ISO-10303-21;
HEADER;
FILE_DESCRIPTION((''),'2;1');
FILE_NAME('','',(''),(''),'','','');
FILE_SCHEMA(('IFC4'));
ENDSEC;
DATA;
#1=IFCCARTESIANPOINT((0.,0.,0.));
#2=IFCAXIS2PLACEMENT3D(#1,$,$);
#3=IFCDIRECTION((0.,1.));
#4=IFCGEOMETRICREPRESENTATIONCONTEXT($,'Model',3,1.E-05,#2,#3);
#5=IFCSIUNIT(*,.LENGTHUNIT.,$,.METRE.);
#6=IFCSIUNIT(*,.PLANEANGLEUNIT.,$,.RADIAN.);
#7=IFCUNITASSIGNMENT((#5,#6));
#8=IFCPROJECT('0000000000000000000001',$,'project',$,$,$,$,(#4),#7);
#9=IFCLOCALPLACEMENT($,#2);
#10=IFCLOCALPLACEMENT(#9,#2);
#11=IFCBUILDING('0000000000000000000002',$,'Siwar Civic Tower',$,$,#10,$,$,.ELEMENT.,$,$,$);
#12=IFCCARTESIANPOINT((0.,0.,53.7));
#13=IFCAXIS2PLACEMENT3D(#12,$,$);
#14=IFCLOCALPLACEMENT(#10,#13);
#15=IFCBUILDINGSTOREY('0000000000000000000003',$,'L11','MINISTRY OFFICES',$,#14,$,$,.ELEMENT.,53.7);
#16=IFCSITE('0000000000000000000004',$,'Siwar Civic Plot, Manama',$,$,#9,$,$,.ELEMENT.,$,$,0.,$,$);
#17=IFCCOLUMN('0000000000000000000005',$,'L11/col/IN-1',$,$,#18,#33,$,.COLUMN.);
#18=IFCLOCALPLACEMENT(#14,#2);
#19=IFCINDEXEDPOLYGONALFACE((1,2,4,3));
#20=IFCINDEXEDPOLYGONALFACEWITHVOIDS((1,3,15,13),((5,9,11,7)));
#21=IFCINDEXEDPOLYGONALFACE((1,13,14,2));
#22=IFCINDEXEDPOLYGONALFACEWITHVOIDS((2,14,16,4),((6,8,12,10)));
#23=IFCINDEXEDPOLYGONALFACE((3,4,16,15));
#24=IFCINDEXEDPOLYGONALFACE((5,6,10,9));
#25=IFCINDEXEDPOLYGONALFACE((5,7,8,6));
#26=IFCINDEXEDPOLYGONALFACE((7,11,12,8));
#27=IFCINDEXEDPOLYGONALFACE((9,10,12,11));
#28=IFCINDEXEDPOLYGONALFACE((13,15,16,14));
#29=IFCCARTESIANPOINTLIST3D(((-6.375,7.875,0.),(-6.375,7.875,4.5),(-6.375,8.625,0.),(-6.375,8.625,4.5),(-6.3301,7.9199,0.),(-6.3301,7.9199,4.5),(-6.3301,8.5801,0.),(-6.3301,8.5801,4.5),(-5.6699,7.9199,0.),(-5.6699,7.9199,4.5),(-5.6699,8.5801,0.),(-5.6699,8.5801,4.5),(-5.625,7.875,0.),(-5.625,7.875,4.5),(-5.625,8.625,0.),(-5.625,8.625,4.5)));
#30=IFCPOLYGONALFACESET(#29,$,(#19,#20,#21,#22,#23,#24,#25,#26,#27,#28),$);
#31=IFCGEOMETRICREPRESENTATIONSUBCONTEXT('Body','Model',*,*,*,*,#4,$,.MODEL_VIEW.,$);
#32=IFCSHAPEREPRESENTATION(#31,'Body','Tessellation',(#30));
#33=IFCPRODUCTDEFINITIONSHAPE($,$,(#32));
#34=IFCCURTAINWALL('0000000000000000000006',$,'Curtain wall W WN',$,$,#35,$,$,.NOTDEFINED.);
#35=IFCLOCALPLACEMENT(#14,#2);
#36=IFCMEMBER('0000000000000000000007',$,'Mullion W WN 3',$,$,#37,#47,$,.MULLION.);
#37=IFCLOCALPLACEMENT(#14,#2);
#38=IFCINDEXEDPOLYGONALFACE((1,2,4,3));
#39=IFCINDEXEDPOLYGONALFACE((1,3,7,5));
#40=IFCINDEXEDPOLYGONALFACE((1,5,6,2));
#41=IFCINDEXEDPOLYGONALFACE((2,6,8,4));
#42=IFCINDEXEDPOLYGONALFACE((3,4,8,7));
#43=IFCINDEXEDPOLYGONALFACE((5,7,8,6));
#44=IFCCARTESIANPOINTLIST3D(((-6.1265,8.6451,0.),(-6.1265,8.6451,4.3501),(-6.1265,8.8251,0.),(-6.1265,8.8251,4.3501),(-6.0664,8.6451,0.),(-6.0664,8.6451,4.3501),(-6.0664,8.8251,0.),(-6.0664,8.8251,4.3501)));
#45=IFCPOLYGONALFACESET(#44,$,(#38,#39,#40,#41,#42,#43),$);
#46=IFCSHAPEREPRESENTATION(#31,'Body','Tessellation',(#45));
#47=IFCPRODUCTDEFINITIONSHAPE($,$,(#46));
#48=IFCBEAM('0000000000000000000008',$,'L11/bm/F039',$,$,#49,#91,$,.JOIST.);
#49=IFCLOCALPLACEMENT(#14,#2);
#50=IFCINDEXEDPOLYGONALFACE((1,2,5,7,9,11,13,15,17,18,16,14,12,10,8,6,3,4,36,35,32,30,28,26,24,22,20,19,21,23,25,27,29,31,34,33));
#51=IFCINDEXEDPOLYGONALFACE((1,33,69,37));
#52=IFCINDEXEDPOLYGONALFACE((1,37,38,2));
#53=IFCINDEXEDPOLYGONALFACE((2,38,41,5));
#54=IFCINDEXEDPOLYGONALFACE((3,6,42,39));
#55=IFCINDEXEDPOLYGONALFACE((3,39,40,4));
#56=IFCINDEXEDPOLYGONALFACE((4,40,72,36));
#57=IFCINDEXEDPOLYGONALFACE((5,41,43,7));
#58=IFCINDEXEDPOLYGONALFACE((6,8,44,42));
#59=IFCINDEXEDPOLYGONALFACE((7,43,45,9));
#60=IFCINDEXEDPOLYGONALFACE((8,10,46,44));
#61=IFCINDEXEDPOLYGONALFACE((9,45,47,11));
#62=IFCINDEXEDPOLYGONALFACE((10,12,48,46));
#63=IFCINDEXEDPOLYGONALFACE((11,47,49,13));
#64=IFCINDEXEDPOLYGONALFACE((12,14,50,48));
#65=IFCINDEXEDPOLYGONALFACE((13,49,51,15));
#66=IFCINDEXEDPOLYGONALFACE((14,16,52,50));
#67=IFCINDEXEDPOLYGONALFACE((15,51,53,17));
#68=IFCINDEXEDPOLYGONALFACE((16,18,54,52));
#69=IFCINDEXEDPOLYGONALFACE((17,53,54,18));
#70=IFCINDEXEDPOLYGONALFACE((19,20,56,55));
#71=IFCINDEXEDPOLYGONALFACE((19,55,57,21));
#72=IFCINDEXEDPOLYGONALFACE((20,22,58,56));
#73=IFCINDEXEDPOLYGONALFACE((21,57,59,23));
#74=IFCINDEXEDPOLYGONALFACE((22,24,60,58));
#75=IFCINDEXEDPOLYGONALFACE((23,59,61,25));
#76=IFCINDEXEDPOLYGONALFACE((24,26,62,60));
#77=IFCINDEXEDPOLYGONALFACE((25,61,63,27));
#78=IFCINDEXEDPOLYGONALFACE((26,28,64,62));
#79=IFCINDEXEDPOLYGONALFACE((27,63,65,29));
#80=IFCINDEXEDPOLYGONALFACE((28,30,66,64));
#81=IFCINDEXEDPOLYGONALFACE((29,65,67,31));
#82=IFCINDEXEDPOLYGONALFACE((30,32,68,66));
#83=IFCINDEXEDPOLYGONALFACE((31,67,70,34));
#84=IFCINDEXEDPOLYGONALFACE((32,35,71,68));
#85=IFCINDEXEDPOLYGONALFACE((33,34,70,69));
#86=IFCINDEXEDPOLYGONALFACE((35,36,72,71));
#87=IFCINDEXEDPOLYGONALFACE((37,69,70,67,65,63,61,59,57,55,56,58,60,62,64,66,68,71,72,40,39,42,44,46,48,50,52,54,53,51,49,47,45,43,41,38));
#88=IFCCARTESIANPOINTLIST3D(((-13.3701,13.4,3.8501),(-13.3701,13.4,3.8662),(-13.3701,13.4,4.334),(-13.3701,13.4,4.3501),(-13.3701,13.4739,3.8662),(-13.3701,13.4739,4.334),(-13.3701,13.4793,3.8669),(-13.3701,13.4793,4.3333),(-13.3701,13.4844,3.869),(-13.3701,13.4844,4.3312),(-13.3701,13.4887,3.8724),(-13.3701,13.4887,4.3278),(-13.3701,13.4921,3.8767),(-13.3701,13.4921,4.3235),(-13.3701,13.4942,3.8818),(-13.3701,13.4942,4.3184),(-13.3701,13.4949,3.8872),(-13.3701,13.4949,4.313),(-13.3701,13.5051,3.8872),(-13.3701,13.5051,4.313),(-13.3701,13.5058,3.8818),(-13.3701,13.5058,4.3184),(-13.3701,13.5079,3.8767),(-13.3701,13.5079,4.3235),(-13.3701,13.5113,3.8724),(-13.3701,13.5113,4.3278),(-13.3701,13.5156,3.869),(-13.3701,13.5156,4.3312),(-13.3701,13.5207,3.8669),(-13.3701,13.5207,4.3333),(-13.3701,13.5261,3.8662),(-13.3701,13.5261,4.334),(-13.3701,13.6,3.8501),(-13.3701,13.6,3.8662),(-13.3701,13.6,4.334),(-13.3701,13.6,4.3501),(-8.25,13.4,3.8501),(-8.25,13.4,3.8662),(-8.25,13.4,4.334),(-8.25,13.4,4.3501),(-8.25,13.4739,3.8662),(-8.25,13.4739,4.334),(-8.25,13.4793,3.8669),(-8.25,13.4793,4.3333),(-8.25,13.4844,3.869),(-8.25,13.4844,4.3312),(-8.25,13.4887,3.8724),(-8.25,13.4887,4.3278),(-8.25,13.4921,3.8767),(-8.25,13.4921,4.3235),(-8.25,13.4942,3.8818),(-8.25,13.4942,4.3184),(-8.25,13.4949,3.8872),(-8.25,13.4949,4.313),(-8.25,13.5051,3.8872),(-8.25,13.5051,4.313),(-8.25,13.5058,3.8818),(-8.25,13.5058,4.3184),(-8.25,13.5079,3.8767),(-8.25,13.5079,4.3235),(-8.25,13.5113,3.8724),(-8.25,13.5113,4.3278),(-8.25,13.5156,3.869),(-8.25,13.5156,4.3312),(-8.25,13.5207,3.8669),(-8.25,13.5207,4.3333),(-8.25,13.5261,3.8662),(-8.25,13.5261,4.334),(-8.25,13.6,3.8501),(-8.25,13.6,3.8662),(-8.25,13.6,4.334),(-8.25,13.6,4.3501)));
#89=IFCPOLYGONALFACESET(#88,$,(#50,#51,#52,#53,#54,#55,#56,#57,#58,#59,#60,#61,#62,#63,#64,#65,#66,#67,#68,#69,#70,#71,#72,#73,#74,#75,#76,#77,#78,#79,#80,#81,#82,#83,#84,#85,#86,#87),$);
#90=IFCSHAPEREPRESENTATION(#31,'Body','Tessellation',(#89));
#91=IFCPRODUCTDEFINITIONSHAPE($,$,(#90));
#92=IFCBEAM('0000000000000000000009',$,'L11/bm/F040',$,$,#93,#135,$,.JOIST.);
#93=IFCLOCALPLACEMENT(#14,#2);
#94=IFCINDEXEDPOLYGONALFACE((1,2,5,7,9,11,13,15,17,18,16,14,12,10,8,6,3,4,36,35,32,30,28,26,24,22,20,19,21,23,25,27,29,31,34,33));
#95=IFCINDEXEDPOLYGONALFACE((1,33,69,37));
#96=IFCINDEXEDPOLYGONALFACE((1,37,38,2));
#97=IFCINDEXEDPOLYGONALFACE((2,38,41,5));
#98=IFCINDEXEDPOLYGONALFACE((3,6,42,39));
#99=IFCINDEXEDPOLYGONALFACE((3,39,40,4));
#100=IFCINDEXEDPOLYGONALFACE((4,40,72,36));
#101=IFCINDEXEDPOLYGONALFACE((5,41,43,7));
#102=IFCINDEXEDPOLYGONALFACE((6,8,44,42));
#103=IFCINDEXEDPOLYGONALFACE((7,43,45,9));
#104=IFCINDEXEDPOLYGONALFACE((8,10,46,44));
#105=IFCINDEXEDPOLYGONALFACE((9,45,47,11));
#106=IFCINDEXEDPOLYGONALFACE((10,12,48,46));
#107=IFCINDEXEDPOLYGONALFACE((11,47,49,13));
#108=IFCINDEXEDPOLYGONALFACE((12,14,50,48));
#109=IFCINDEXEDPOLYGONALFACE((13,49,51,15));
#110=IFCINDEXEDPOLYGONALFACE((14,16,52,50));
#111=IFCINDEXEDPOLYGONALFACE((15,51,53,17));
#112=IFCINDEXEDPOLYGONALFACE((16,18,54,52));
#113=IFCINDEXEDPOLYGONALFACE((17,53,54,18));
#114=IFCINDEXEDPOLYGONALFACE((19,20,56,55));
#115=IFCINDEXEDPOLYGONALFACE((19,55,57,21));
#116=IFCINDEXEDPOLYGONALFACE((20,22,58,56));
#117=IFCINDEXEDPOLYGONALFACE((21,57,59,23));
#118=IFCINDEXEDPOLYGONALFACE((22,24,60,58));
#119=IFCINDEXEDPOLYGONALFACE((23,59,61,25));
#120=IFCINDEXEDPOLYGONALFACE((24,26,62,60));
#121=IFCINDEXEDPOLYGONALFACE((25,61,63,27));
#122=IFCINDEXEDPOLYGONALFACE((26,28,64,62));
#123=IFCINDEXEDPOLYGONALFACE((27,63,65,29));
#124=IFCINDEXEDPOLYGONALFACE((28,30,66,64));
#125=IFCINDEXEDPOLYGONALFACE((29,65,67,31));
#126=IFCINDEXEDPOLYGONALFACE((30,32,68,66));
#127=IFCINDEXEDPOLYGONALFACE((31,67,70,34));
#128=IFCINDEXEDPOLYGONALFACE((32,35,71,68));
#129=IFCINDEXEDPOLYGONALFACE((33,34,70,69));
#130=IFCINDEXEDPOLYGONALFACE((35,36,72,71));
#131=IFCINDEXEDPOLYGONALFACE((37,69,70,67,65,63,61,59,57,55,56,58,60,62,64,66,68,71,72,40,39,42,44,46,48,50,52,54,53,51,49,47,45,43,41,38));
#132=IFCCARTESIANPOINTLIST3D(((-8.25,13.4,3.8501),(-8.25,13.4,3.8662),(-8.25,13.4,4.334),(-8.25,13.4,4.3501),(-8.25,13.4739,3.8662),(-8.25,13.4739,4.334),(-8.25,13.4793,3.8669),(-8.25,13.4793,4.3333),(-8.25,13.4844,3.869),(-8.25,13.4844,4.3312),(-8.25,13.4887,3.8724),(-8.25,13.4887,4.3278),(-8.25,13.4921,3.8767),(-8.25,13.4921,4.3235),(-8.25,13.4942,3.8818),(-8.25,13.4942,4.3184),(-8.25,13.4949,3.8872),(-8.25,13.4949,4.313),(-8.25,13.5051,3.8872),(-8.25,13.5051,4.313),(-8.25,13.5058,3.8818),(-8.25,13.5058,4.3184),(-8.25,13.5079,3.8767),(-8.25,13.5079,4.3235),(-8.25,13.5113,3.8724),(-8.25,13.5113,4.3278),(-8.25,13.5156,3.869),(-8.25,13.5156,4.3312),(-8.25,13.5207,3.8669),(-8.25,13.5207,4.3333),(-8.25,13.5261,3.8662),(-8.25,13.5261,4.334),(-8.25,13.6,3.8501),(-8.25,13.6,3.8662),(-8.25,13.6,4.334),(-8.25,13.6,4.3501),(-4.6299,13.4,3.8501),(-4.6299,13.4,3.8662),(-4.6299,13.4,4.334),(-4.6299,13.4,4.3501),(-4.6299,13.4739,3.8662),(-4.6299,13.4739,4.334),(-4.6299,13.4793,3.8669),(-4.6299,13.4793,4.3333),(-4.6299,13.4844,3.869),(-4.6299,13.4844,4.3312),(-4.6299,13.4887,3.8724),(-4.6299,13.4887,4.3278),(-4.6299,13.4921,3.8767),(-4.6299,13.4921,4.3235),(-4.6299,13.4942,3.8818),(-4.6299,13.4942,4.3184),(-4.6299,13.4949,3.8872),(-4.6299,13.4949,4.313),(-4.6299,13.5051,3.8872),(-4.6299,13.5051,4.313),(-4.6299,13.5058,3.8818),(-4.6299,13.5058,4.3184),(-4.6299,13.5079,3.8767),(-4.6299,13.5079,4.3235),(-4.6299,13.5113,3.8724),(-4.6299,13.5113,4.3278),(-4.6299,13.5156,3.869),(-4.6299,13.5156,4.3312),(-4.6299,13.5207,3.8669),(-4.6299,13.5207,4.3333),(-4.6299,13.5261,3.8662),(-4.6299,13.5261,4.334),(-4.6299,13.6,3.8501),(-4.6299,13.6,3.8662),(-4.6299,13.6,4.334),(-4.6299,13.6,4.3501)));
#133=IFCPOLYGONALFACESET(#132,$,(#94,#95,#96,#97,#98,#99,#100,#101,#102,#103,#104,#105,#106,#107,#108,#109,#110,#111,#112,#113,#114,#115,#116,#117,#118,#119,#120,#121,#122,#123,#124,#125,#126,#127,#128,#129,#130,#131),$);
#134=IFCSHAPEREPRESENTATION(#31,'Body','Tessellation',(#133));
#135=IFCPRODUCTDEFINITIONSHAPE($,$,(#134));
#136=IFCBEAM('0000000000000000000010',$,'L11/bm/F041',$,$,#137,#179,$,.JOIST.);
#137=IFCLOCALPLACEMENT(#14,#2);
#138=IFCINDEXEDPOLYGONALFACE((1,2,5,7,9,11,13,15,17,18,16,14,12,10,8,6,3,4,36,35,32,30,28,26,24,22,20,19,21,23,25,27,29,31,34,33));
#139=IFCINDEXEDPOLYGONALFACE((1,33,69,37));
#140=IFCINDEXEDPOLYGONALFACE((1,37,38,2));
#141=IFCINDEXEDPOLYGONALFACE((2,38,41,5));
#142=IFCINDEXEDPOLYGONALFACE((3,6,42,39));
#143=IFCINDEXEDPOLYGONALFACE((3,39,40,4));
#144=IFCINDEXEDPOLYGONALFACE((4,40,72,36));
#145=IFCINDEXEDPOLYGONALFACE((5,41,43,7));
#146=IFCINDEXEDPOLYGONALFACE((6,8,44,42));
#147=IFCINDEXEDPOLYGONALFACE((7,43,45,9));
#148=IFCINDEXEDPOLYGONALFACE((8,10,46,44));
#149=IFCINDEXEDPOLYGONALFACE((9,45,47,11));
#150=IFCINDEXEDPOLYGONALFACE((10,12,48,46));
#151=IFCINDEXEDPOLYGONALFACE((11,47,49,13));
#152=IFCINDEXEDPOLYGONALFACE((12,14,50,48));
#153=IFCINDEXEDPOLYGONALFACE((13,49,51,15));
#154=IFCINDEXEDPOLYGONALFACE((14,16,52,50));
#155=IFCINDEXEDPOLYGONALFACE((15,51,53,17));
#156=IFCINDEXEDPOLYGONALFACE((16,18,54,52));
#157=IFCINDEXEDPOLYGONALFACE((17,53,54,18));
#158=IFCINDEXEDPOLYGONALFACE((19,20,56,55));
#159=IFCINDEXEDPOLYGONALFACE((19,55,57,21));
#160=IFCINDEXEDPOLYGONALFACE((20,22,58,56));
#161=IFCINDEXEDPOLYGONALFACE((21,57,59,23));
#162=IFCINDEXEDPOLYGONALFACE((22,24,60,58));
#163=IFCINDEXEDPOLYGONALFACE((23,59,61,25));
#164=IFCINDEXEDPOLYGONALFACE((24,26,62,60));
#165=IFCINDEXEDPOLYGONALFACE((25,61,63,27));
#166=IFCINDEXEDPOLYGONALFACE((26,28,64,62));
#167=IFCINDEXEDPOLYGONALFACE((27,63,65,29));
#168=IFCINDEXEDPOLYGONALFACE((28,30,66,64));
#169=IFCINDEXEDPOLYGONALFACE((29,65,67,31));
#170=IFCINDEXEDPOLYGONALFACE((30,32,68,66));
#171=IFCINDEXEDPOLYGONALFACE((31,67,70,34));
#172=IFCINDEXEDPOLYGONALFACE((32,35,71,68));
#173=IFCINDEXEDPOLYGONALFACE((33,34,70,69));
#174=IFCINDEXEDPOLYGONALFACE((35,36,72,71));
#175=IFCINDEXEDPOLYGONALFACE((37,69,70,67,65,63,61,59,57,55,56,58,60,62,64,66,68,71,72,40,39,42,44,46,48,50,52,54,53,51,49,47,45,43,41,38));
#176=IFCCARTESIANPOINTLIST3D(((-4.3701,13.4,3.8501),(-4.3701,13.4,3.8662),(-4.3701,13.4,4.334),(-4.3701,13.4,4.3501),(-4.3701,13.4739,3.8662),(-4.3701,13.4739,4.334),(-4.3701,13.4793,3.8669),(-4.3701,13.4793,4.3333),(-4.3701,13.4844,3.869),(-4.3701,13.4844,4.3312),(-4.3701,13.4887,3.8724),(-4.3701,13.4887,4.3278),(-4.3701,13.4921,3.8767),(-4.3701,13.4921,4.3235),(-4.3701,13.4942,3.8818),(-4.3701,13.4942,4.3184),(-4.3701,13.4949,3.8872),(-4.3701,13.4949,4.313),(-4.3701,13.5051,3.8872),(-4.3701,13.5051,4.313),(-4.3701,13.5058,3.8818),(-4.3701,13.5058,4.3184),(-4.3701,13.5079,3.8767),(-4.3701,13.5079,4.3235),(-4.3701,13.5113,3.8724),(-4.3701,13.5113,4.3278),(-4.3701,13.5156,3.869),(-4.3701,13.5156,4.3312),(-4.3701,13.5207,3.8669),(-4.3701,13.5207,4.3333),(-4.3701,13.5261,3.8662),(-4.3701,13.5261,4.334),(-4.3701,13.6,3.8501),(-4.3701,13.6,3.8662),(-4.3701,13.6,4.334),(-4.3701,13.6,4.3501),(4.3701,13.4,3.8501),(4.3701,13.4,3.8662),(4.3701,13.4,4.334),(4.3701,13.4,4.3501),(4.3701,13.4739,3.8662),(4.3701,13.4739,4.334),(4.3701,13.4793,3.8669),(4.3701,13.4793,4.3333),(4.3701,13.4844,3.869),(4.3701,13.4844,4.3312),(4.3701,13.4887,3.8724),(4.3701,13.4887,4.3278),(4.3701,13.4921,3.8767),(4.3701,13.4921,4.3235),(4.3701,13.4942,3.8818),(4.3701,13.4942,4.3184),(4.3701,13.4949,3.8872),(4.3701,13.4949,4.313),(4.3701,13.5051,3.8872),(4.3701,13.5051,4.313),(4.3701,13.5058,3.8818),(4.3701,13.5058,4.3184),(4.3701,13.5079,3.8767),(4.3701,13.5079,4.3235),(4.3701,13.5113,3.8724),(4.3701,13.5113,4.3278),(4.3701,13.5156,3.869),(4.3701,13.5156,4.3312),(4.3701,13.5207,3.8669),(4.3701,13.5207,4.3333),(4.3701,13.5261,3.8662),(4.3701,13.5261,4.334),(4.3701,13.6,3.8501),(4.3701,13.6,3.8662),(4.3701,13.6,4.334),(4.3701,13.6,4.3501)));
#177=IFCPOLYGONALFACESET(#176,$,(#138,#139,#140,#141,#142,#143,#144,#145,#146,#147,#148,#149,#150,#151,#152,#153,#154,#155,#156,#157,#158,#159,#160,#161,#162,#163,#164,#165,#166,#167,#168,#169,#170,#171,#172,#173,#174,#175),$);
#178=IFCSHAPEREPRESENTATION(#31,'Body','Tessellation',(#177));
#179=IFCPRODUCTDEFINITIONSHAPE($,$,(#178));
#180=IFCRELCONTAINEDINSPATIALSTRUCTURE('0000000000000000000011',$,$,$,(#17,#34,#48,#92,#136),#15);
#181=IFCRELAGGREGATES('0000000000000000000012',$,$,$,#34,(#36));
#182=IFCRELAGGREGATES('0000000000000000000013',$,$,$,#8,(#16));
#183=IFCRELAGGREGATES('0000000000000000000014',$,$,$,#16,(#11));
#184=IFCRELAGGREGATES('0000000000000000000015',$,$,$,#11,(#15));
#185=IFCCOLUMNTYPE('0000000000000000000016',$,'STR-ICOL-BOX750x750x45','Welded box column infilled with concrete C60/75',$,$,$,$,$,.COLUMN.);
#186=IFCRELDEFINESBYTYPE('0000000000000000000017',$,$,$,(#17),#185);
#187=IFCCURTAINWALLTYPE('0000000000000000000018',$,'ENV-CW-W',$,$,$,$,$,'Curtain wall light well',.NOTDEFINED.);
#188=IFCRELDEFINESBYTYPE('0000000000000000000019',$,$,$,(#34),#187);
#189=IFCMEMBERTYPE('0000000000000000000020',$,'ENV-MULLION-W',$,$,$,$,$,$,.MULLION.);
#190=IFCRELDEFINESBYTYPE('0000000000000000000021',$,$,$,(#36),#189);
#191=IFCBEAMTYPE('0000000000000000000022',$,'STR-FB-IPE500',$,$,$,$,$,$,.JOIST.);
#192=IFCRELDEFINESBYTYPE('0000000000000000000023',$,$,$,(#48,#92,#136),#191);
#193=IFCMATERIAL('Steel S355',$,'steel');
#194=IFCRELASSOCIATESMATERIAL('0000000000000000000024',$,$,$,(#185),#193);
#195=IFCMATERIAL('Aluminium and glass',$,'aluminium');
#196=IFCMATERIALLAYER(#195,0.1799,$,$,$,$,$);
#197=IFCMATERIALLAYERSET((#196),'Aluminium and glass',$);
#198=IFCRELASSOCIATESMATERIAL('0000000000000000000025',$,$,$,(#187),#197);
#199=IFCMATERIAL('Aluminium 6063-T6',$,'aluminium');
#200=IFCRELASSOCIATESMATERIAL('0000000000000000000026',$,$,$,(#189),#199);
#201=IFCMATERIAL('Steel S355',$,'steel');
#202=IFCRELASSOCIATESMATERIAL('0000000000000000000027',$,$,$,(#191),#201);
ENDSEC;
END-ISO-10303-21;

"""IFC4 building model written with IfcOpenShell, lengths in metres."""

from ifc_helpers import new_model, si_unit, direction, frame, origin, origin_2d, place, context, subcontext, project, spatial, rectangle, hollow_rectangle, i_section, extrude, material, layer, layer_set, material_profile, profile_set, type_object, element, aggregate, save


model = new_model("IFC4")

# Units and contexts
model_context = context("Model", 3, precision=1e-05, world=origin(), true_north=direction((0.0, 1.0)))
body_context = subcontext(model_context, "Body", "Model", "MODEL_VIEW")
ifc_project = project(units=[si_unit("LENGTHUNIT", "METRE"), si_unit("PLANEANGLEUNIT", "RADIAN")], contexts=[model_context])

# Site, building, storey
site_placement = place(None, origin())
site = spatial("IfcSite", under=ifc_project, at=site_placement, Name="Siwar Civic Plot, Manama", CompositionType="ELEMENT", RefElevation=0.0)
building_placement = place(site_placement, origin())
building = spatial("IfcBuilding", under=site, at=building_placement, Name="Siwar Civic Tower", CompositionType="ELEMENT")
storey_placement = place(building_placement, frame((0.0, 0.0, 53.7)))
storey = spatial("IfcBuildingStorey", under=building, at=storey_placement, Name="L11", Description="MINISTRY OFFICES", CompositionType="ELEMENT", Elevation=53.7)

# Column
ifc_material_1 = material(Name="Steel S355", Category="steel")
ifc_material_profile_1 = material_profile(ifc_material_1, hollow_rectangle(XDim=0.75, YDim=0.75, WallThickness=0.0449, at=origin_2d()), Name="BOX750x750x45")
ifc_profile_set_1 = profile_set([ifc_material_profile_1], Name="Steel S355")
column_type = type_object("IfcColumnType", Name="STR-ICOL-BOX750x750x45", Description="Welded box column infilled with concrete C60/75", PredefinedType="COLUMN", material=ifc_profile_set_1)
column_placement = place(storey_placement, frame((-6.0, 8.25, 0.0), z_axis=(0.0, 0.0, 1.0), x_axis=(1.0, 0.0, 0.0)))
element("IfcColumn", 1, at=column_placement, inside=storey, type_object=column_type, Name="L11/col/IN-1", PredefinedType="COLUMN", context=body_context, shape_type="SweptSolid", body=[
    extrude(hollow_rectangle(XDim=0.75, YDim=0.75, WallThickness=0.0449, at=origin_2d()), origin(), (0.0, 0.0, 1.0), 4.5),
])

# Curtain wall, member
ifc_material_2 = material(Name="Aluminium and glass", Category="aluminium")
ifc_layer_1 = layer(ifc_material_2, 0.1799)
ifc_layer_set_1 = layer_set([ifc_layer_1], Name="Aluminium and glass")
curtain_wall_type = type_object("IfcCurtainWallType", Name="ENV-CW-W", ElementType="Curtain wall light well", PredefinedType="NOTDEFINED", material=ifc_layer_set_1)
curtain_wall_placement = place(storey_placement, origin())
curtain_wall = element("IfcCurtainWall", 2, at=curtain_wall_placement, inside=storey, type_object=curtain_wall_type, Name="Curtain wall W WN", PredefinedType="NOTDEFINED")
ifc_material_3 = material(Name="Aluminium 6063-T6", Category="aluminium")
ifc_material_profile_2 = material_profile(ifc_material_3, rectangle(XDim=0.1799, YDim=0.0601, at=origin_2d()), Name="AL 180x60")
ifc_profile_set_2 = profile_set([ifc_material_profile_2], Name="Aluminium 6063-T6")
member_type = type_object("IfcMemberType", Name="ENV-MULLION-W", PredefinedType="MULLION", material=ifc_profile_set_2)
member_placement = place(storey_placement, frame((-6.0964, 8.7351, 0.0), z_axis=(0.0, 0.0, 1.0), x_axis=(0.0, -1.0, 0.0)))
member = element("IfcMember", 3, at=member_placement, type_object=member_type, Name="Mullion W WN 3", PredefinedType="MULLION", context=body_context, shape_type="SweptSolid", body=[
    extrude(rectangle(XDim=0.1799, YDim=0.0601, at=origin_2d()), origin(), (0.0, 0.0, 1.0), 4.3501),
])
aggregate(curtain_wall, [member])

# Beams
ifc_material_4 = material(Name="Steel S355", Category="steel")
ifc_material_profile_3 = material_profile(ifc_material_4, i_section(OverallWidth=0.2, OverallDepth=0.5, WebThickness=0.0103, FlangeThickness=0.0161, FilletRadius=0.021, at=origin_2d()), Name="IPE500")
ifc_profile_set_3 = profile_set([ifc_material_profile_3], Name="Steel S355")
beam_type_1 = type_object("IfcBeamType", Name="STR-FB-IPE500", PredefinedType="JOIST", material=ifc_profile_set_3)
beam_1_placement = place(storey_placement, frame((-13.3701, 13.5, 4.1001), z_axis=(1.0, 0.0, 0.0), x_axis=(0.0, 1.0, 0.0)))
element("IfcBeam", 4, at=beam_1_placement, inside=storey, type_object=beam_type_1, Name="L11/bm/F039", PredefinedType="JOIST", context=body_context, shape_type="SweptSolid", body=[
    extrude(i_section(OverallWidth=0.2, OverallDepth=0.5, WebThickness=0.0103, FlangeThickness=0.0161, FilletRadius=0.021, at=origin_2d()), origin(), (0.0, 0.0, 1.0), 5.1201),
])
beam_2_placement = place(storey_placement, frame((-8.25, 13.5, 4.1001), z_axis=(1.0, 0.0, 0.0), x_axis=(0.0, 1.0, 0.0)))
element("IfcBeam", 5, at=beam_2_placement, inside=storey, type_object=beam_type_1, Name="L11/bm/F040", PredefinedType="JOIST", context=body_context, shape_type="SweptSolid", body=[
    extrude(i_section(OverallWidth=0.2, OverallDepth=0.5, WebThickness=0.0103, FlangeThickness=0.0161, FilletRadius=0.021, at=origin_2d()), origin(), (0.0, 0.0, 1.0), 3.6201),
])
beam_3_placement = place(storey_placement, frame((-4.3701, 13.5, 4.1001), z_axis=(1.0, 0.0, 0.0), x_axis=(0.0, 1.0, 0.0)))
element("IfcBeam", 6, at=beam_3_placement, inside=storey, type_object=beam_type_1, Name="L11/bm/F041", PredefinedType="JOIST", context=body_context, shape_type="SweptSolid", body=[
    extrude(i_section(OverallWidth=0.2, OverallDepth=0.5, WebThickness=0.0103, FlangeThickness=0.0161, FilletRadius=0.021, at=origin_2d()), origin(), (0.0, 0.0, 1.0), 8.7402),
])

save(model, "model.ifc")
